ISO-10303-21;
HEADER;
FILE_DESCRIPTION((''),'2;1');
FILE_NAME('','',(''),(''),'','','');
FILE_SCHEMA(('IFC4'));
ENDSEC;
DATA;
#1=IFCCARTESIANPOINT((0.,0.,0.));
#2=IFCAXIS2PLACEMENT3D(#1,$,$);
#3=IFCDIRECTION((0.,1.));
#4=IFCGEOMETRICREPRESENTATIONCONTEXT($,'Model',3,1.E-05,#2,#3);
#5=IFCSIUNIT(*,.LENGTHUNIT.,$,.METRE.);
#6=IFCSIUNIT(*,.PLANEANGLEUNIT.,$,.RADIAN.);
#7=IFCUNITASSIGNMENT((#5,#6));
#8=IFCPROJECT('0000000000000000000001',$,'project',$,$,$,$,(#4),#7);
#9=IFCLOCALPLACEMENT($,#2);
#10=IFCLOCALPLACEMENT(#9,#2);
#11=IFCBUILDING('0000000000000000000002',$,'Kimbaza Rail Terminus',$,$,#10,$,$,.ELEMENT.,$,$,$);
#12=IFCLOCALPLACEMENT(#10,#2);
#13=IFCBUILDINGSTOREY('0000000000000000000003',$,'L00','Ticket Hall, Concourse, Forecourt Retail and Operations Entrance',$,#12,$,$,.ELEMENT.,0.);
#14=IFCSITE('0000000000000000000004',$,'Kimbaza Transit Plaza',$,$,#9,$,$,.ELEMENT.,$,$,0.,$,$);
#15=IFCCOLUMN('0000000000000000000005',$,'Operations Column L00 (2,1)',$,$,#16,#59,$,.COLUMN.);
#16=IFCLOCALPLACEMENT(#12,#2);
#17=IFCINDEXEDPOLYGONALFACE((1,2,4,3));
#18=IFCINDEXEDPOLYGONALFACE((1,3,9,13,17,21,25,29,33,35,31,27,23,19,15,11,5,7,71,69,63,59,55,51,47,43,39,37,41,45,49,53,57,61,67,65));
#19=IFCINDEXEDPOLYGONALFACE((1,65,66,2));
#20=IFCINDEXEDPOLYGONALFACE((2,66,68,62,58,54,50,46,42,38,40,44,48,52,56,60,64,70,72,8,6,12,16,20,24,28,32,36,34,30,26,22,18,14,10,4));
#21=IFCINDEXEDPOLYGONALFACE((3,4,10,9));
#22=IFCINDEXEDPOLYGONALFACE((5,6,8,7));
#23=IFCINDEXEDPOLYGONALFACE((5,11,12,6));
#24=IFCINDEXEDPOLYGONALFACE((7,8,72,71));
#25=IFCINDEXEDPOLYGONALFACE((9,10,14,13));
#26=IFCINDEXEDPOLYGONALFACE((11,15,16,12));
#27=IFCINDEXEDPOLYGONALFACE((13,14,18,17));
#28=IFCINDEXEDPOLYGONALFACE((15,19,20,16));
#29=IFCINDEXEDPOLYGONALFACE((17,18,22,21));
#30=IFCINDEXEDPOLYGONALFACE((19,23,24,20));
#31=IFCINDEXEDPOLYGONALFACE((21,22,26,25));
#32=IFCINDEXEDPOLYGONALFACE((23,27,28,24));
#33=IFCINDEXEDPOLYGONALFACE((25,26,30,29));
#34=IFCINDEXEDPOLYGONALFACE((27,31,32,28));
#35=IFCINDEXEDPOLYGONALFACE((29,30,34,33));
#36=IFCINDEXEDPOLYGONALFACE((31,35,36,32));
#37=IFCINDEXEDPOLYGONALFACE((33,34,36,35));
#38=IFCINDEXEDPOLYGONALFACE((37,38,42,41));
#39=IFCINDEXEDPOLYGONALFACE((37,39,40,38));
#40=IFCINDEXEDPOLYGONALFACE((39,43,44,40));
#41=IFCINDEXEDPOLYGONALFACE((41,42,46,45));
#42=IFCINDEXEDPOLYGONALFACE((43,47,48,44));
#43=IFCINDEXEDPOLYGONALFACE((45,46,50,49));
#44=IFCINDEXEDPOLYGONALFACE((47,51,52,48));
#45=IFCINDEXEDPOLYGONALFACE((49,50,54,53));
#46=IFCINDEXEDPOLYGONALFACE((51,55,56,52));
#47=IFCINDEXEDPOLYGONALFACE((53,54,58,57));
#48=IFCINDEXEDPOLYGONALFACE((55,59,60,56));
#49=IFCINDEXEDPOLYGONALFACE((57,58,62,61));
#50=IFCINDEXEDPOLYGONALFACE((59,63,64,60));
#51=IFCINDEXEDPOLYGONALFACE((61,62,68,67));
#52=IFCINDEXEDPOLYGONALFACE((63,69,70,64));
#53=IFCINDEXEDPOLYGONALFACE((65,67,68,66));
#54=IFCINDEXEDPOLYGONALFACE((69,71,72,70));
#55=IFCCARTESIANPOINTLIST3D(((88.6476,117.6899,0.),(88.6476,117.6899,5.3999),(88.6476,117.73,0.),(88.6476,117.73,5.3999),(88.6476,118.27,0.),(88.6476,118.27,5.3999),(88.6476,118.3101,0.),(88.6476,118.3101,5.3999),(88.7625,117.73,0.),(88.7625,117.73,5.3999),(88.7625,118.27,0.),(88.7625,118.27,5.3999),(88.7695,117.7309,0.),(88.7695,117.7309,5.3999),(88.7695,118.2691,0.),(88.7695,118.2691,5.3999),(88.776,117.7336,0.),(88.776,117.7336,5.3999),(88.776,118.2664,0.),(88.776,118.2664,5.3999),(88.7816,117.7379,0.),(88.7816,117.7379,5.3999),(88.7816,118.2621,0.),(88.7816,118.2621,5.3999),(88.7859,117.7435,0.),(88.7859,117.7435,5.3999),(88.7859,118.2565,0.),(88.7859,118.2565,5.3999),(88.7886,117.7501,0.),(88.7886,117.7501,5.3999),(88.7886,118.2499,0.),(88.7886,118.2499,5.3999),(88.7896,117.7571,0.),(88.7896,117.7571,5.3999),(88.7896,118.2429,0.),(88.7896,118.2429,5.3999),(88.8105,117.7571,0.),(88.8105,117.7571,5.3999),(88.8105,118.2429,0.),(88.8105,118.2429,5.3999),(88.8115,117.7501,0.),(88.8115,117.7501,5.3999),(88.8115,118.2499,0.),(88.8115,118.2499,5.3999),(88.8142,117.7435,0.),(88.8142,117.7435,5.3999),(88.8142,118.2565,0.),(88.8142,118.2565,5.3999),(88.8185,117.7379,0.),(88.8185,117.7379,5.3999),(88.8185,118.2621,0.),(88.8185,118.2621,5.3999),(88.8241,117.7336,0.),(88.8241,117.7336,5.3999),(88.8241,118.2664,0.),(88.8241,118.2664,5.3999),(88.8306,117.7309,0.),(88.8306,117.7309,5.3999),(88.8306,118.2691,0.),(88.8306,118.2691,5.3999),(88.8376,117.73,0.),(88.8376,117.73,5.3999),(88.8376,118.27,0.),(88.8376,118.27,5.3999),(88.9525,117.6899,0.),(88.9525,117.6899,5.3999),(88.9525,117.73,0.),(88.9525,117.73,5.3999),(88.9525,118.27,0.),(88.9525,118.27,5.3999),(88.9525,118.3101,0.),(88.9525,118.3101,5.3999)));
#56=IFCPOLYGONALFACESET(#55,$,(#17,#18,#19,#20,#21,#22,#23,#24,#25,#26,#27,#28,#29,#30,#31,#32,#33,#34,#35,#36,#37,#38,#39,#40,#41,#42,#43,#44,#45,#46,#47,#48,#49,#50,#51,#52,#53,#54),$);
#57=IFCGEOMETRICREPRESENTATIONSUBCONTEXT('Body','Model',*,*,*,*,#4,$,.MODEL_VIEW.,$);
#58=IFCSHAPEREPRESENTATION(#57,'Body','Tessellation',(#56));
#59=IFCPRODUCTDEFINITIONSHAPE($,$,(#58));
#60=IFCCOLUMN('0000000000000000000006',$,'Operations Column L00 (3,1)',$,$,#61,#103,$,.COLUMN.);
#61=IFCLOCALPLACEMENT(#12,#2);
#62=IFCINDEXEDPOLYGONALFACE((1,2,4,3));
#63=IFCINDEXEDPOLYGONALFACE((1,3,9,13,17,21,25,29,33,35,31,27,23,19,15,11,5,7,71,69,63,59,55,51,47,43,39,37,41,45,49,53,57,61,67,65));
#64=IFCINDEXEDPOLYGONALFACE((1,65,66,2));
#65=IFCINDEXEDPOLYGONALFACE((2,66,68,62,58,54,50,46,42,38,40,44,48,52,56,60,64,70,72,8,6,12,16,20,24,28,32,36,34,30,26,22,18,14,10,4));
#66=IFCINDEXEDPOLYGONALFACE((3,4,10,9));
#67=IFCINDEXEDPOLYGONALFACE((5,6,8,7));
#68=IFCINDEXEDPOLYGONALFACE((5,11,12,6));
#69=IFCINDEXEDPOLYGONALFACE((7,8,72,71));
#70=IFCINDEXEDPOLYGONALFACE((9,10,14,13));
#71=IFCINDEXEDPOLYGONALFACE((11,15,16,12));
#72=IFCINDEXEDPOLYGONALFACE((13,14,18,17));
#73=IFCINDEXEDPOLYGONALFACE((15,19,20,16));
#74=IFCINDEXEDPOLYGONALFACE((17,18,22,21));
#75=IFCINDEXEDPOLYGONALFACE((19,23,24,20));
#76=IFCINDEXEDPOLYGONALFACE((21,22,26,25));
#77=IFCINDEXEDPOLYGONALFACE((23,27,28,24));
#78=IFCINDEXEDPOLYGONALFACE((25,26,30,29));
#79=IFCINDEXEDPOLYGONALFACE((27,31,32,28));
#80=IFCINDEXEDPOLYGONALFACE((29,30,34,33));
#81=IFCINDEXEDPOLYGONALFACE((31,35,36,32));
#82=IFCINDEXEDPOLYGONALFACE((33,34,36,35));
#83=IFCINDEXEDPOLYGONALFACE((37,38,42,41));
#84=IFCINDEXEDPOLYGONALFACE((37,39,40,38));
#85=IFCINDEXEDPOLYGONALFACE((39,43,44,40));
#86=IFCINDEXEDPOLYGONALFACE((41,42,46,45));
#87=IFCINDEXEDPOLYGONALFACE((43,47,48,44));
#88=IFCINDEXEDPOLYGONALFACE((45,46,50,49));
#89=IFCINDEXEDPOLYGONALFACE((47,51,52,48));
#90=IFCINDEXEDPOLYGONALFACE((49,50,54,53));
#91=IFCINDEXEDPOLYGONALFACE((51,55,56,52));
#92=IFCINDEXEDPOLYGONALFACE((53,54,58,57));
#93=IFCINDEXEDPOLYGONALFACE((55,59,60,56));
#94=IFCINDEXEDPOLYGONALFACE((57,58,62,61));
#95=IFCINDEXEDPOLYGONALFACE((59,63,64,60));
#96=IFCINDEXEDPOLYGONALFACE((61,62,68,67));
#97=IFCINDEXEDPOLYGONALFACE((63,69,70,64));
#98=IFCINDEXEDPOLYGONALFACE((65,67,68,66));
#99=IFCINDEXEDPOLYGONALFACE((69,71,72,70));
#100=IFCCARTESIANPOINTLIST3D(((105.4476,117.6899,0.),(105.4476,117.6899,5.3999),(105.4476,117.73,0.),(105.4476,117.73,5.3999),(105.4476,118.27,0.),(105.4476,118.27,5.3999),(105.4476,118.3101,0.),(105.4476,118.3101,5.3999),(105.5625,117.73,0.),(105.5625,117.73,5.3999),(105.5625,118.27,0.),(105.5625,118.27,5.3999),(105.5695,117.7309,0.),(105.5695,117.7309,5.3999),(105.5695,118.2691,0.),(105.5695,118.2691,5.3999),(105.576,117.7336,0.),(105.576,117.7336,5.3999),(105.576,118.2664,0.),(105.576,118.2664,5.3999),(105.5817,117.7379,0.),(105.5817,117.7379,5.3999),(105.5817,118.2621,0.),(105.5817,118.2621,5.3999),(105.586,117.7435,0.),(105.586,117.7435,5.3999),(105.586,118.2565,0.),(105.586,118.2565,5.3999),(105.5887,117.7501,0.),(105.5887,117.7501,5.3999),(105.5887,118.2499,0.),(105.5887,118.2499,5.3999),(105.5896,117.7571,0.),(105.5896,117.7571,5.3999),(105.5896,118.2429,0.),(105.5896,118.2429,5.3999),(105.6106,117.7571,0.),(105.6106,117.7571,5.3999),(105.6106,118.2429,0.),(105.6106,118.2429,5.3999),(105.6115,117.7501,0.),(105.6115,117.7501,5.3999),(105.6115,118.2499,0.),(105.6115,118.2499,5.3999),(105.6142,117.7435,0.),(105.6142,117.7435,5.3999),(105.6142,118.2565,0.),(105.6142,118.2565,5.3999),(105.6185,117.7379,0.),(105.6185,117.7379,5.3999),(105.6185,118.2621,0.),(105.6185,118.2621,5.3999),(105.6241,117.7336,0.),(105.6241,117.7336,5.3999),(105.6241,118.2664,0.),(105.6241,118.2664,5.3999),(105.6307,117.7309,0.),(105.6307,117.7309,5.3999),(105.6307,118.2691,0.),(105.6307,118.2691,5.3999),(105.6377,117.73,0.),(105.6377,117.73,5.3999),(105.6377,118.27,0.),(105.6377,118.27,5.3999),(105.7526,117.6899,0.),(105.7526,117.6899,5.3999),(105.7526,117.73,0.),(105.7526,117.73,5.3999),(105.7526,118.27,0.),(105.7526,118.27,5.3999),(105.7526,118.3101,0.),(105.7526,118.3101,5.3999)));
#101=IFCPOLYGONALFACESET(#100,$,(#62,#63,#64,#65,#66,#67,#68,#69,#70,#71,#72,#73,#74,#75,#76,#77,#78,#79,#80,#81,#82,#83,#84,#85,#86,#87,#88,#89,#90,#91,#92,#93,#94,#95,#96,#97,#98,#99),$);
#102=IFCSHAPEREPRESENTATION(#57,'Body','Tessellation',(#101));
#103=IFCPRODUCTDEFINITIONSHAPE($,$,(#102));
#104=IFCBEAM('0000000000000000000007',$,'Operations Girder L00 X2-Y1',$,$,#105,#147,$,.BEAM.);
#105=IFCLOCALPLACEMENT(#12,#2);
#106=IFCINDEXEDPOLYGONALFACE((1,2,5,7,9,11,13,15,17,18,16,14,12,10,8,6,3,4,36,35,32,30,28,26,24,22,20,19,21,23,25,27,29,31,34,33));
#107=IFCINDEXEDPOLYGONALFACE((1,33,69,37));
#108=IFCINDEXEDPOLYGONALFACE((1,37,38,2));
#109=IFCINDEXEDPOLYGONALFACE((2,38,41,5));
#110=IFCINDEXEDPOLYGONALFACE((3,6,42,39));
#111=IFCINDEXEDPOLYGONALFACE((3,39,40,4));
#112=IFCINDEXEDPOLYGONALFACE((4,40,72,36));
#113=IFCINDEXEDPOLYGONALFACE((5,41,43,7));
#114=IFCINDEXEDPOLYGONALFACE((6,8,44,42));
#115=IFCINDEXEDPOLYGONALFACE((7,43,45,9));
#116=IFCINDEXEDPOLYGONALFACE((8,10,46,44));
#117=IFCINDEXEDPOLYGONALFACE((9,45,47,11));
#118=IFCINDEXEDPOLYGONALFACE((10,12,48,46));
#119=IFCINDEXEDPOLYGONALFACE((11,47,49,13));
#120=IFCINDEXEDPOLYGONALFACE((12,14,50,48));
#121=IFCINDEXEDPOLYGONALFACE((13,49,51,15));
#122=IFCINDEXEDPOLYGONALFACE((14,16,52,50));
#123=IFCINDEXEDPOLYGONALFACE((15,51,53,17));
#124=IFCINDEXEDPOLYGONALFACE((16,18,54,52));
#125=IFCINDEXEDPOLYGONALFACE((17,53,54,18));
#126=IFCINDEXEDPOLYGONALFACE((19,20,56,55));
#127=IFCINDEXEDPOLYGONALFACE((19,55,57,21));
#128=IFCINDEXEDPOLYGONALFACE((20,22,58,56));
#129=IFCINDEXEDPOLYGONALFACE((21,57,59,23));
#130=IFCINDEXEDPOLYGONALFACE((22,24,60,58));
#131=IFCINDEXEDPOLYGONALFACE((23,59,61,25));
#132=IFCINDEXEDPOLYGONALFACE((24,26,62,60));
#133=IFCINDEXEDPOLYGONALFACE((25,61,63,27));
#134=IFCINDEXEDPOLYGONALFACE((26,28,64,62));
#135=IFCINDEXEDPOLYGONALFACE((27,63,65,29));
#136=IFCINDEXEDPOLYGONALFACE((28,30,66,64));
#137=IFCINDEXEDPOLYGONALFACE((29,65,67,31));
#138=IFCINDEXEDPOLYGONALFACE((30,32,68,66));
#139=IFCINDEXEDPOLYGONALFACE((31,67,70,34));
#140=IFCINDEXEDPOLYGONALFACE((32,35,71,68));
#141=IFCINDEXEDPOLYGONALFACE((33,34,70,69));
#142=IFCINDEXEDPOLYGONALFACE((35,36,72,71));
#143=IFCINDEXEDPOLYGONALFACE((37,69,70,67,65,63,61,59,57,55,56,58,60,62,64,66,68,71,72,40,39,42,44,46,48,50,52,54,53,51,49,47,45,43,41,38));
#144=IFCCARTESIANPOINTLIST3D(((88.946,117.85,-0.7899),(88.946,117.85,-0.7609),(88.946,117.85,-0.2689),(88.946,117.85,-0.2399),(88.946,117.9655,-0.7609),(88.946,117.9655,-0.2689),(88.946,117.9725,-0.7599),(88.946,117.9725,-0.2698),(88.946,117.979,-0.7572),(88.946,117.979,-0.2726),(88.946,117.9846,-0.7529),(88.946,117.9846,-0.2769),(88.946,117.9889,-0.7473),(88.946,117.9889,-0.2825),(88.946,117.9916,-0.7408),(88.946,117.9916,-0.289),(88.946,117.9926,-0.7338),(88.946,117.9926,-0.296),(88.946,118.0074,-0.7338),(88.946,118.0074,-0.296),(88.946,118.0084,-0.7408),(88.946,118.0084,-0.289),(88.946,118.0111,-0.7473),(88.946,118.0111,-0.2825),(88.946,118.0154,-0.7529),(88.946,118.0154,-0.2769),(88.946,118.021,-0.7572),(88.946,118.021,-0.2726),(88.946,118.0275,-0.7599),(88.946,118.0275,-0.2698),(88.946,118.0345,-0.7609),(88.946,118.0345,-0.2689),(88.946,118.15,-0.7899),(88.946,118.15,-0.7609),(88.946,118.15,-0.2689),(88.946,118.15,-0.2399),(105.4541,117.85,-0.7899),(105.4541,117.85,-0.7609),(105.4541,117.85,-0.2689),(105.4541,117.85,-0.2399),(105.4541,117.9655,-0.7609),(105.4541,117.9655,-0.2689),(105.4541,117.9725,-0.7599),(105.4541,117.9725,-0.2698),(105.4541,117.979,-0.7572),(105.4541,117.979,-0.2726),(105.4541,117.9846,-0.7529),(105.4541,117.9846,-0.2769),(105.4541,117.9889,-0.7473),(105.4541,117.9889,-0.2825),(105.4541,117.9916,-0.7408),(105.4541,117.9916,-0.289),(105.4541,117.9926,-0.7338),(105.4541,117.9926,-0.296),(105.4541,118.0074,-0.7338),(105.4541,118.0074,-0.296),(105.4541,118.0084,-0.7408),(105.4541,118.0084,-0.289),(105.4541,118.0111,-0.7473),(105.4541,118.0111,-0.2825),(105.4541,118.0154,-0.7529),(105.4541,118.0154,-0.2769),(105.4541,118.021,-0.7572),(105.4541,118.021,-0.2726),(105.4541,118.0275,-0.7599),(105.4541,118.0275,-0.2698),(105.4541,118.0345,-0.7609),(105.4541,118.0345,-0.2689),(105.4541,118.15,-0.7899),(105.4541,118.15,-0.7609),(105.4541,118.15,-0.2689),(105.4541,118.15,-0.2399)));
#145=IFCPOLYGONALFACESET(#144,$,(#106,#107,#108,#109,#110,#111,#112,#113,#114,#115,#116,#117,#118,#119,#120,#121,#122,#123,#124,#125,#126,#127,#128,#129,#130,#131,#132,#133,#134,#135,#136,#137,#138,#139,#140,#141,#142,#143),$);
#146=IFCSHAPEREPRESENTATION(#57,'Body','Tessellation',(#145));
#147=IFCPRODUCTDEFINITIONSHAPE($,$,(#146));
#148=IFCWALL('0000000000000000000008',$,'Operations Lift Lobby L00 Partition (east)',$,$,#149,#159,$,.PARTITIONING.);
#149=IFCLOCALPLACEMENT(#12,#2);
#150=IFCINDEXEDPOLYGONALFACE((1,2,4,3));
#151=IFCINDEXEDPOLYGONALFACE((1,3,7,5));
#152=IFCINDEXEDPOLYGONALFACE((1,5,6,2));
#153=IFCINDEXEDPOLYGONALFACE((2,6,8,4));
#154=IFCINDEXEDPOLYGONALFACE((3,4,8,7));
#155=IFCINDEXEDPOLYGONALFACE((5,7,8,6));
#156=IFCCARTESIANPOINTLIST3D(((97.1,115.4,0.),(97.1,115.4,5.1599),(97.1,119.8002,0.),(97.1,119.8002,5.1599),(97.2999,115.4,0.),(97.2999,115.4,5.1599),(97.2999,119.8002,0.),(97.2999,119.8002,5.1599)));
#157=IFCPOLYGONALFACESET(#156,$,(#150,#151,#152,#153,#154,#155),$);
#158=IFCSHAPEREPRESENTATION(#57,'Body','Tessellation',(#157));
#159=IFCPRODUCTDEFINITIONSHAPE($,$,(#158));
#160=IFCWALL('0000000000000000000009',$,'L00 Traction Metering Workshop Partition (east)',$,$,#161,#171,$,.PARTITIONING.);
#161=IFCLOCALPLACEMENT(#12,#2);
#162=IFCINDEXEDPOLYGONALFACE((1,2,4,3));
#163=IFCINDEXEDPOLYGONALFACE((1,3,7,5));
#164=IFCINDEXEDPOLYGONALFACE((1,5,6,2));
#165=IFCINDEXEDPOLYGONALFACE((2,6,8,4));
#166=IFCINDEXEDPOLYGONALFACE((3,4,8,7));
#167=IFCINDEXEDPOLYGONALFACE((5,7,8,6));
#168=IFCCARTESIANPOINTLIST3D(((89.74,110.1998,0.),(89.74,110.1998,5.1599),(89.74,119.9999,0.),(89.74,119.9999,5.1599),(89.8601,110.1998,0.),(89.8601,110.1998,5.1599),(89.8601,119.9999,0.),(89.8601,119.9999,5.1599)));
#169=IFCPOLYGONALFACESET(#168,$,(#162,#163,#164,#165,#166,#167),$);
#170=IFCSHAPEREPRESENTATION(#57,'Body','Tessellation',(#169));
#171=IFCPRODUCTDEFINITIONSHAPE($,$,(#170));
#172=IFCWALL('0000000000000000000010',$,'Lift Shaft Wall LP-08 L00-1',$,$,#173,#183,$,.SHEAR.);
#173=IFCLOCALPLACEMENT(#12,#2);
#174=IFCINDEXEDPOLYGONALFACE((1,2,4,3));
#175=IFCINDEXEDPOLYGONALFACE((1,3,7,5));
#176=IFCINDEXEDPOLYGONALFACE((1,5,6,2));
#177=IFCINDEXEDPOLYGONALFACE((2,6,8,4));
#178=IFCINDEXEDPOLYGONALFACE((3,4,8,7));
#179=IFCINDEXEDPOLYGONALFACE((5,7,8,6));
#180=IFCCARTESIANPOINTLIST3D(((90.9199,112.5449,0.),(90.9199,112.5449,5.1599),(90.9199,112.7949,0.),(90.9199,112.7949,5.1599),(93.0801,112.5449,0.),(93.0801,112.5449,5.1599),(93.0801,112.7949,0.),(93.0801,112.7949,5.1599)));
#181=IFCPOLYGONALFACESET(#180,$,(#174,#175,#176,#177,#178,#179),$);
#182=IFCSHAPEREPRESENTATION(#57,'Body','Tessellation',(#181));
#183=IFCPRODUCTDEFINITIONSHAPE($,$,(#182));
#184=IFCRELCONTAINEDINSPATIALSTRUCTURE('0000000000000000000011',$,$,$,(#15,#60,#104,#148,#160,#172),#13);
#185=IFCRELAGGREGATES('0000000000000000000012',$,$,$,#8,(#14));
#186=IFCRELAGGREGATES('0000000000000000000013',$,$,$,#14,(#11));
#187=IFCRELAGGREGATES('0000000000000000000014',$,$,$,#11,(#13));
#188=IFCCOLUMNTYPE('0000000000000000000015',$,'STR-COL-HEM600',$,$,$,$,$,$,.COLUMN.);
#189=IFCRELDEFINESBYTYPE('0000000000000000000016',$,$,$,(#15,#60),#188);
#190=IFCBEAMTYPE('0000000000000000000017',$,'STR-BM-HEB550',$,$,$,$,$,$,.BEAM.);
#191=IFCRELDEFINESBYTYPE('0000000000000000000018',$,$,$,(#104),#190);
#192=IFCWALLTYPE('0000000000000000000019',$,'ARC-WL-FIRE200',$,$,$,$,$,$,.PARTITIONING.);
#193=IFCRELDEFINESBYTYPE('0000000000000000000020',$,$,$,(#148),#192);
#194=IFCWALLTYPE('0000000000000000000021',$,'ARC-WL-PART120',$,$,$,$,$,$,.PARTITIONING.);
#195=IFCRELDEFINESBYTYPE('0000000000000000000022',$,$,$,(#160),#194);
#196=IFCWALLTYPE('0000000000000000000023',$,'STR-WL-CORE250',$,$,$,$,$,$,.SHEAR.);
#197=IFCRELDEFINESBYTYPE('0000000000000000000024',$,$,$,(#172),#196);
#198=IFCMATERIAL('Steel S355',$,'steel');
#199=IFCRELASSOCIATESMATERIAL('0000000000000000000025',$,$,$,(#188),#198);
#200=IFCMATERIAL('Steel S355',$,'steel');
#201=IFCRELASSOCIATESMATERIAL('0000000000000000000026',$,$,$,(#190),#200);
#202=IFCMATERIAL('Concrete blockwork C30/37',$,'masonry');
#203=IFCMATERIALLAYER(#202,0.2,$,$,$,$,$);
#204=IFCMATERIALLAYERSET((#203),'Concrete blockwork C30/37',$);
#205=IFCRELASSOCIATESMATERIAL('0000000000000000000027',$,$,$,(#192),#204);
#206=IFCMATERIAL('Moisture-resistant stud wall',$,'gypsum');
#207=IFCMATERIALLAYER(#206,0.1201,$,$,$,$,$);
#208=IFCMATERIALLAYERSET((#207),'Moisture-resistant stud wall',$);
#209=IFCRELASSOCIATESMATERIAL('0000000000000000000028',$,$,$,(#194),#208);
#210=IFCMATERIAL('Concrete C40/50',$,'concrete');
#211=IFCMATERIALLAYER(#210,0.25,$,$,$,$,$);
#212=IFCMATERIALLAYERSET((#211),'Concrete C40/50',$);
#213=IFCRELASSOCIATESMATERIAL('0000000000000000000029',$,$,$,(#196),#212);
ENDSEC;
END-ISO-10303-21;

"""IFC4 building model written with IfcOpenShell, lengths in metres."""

from ifc_helpers import new_model, si_unit, direction, frame, frame_2d, origin, origin_2d, place, context, subcontext, project, spatial, rectangle, i_section, extrude, material, layer, layer_set, material_profile, profile_set, type_object, element, save


model = new_model("IFC4")

# Units and contexts
model_context = context("Model", 3, precision=1e-05, world=origin(), true_north=direction((0.0, 1.0)))
body_context = subcontext(model_context, "Body", "Model", "MODEL_VIEW")
ifc_project = project(units=[si_unit("LENGTHUNIT", "METRE"), si_unit("PLANEANGLEUNIT", "RADIAN")], contexts=[model_context])

# Site, building, storey
site_placement = place(None, origin())
site = spatial("IfcSite", under=ifc_project, at=site_placement, Name="Kimbaza Transit Plaza", CompositionType="ELEMENT", RefElevation=0.0)
building_placement = place(site_placement, origin())
building = spatial("IfcBuilding", under=site, at=building_placement, Name="Kimbaza Rail Terminus", CompositionType="ELEMENT")
storey_placement = place(building_placement, origin())
storey = spatial("IfcBuildingStorey", under=building, at=storey_placement, Name="L00", Description="Ticket Hall, Concourse, Forecourt Retail and Operations Entrance", CompositionType="ELEMENT", Elevation=0.0)

# Columns
ifc_material_1 = material(Name="Steel S355", Category="steel")
ifc_material_profile_1 = material_profile(ifc_material_1, i_section(OverallWidth=0.3049, OverallDepth=0.6201, WebThickness=0.021, FlangeThickness=0.04, FilletRadius=0.0271, at=origin_2d()), Name="HEM 600")
ifc_profile_set_1 = profile_set([ifc_material_profile_1], Name="Steel S355")
column_type = type_object("IfcColumnType", Name="STR-COL-HEM600", PredefinedType="COLUMN", material=ifc_profile_set_1)
for number, where, z_axis, x_axis, name in (
    (1, (88.8, 118.0, 0.0), (0.0, 0.0, 1.0), (1.0, 0.0, 0.0), "Operations Column L00 (2,1)"),
    (2, (105.6001, 118.0, 0.0), (0.0, 0.0, 1.0), (1.0, 0.0, 0.0), "Operations Column L00 (3,1)"),
):
    element("IfcColumn", number, at=place(storey_placement, frame(where, z_axis=z_axis, x_axis=x_axis)), inside=storey, type_object=column_type, Name=name, PredefinedType="COLUMN", context=body_context, shape_type="SweptSolid", body=[
        extrude(i_section(OverallWidth=0.3049, OverallDepth=0.6201, WebThickness=0.021, FlangeThickness=0.04, FilletRadius=0.0271, at=origin_2d()), origin(), (0.0, 0.0, 1.0), 5.3999),
    ])

# Beam
ifc_material_2 = material(Name="Steel S355", Category="steel")
ifc_material_profile_2 = material_profile(ifc_material_2, i_section(OverallWidth=0.3, OverallDepth=0.55, WebThickness=0.0149, FlangeThickness=0.0291, FilletRadius=0.0271, at=origin_2d()), Name="HEB 550")
ifc_profile_set_2 = profile_set([ifc_material_profile_2], Name="Steel S355")
beam_type = type_object("IfcBeamType", Name="STR-BM-HEB550", PredefinedType="BEAM", material=ifc_profile_set_2)
beam_placement = place(storey_placement, frame((88.946, 118.0, -0.5149), z_axis=(1.0, 0.0, 0.0), x_axis=(0.0, 1.0, 0.0)))
element("IfcBeam", 3, at=beam_placement, inside=storey, type_object=beam_type, Name="Operations Girder L00 X2-Y1", PredefinedType="BEAM", context=body_context, shape_type="SweptSolid", body=[
    extrude(i_section(OverallWidth=0.3, OverallDepth=0.55, WebThickness=0.0149, FlangeThickness=0.0291, FilletRadius=0.0271, at=origin_2d()), origin(), (0.0, 0.0, 1.0), 16.5081),
])

# Walls
ifc_material_3 = material(Name="Concrete blockwork C30/37", Category="masonry")
ifc_layer_1 = layer(ifc_material_3, 0.2)
ifc_layer_set_1 = layer_set([ifc_layer_1], Name="Concrete blockwork C30/37")
wall_type_1 = type_object("IfcWallType", Name="ARC-WL-FIRE200", PredefinedType="PARTITIONING", material=ifc_layer_set_1)
wall_1_placement = place(storey_placement, frame((97.2, 115.3999, 0.0), z_axis=(0.0, 0.0, 1.0), x_axis=(0.0, 1.0, 0.0)))
element("IfcWall", 4, at=wall_1_placement, inside=storey, type_object=wall_type_1, Name="Operations Lift Lobby L00 Partition (east)", PredefinedType="PARTITIONING", context=body_context, shape_type="SweptSolid", body=[
    extrude(rectangle(XDim=4.4001, YDim=0.2, at=frame_2d((2.2002, 0.0))), origin(), (0.0, 0.0, 1.0), 5.1599),
])
ifc_material_4 = material(Name="Moisture-resistant stud wall", Category="gypsum")
ifc_layer_2 = layer(ifc_material_4, 0.1201)
ifc_layer_set_2 = layer_set([ifc_layer_2], Name="Moisture-resistant stud wall")
wall_type_2 = type_object("IfcWallType", Name="ARC-WL-PART120", PredefinedType="PARTITIONING", material=ifc_layer_set_2)
wall_2_placement = place(storey_placement, frame((89.8, 110.2, 0.0), z_axis=(0.0, 0.0, 1.0), x_axis=(0.0, 1.0, 0.0)))
element("IfcWall", 5, at=wall_2_placement, inside=storey, type_object=wall_type_2, Name="L00 Traction Metering Workshop Partition (east)", PredefinedType="PARTITIONING", context=body_context, shape_type="SweptSolid", body=[
    extrude(rectangle(XDim=9.8, YDim=0.1201, at=frame_2d((4.8999, 0.0))), origin(), (0.0, 0.0, 1.0), 5.1599),
])
ifc_material_5 = material(Name="Concrete C40/50", Category="concrete")
ifc_layer_3 = layer(ifc_material_5, 0.25)
ifc_layer_set_3 = layer_set([ifc_layer_3], Name="Concrete C40/50")
wall_type_3 = type_object("IfcWallType", Name="STR-WL-CORE250", PredefinedType="SHEAR", material=ifc_layer_set_3)
wall_3_placement = place(storey_placement, frame((90.9199, 112.6699, 0.0), z_axis=(0.0, 0.0, 1.0), x_axis=(1.0, 0.0, 0.0)))
element("IfcWall", 6, at=wall_3_placement, inside=storey, type_object=wall_type_3, Name="Lift Shaft Wall LP-08 L00-1", PredefinedType="SHEAR", context=body_context, shape_type="SweptSolid", body=[
    extrude(rectangle(XDim=2.1602, YDim=0.25, at=frame_2d((1.0801, 0.0))), origin(), (0.0, 0.0, 1.0), 5.1599),
])

save(model, "model.ifc")
